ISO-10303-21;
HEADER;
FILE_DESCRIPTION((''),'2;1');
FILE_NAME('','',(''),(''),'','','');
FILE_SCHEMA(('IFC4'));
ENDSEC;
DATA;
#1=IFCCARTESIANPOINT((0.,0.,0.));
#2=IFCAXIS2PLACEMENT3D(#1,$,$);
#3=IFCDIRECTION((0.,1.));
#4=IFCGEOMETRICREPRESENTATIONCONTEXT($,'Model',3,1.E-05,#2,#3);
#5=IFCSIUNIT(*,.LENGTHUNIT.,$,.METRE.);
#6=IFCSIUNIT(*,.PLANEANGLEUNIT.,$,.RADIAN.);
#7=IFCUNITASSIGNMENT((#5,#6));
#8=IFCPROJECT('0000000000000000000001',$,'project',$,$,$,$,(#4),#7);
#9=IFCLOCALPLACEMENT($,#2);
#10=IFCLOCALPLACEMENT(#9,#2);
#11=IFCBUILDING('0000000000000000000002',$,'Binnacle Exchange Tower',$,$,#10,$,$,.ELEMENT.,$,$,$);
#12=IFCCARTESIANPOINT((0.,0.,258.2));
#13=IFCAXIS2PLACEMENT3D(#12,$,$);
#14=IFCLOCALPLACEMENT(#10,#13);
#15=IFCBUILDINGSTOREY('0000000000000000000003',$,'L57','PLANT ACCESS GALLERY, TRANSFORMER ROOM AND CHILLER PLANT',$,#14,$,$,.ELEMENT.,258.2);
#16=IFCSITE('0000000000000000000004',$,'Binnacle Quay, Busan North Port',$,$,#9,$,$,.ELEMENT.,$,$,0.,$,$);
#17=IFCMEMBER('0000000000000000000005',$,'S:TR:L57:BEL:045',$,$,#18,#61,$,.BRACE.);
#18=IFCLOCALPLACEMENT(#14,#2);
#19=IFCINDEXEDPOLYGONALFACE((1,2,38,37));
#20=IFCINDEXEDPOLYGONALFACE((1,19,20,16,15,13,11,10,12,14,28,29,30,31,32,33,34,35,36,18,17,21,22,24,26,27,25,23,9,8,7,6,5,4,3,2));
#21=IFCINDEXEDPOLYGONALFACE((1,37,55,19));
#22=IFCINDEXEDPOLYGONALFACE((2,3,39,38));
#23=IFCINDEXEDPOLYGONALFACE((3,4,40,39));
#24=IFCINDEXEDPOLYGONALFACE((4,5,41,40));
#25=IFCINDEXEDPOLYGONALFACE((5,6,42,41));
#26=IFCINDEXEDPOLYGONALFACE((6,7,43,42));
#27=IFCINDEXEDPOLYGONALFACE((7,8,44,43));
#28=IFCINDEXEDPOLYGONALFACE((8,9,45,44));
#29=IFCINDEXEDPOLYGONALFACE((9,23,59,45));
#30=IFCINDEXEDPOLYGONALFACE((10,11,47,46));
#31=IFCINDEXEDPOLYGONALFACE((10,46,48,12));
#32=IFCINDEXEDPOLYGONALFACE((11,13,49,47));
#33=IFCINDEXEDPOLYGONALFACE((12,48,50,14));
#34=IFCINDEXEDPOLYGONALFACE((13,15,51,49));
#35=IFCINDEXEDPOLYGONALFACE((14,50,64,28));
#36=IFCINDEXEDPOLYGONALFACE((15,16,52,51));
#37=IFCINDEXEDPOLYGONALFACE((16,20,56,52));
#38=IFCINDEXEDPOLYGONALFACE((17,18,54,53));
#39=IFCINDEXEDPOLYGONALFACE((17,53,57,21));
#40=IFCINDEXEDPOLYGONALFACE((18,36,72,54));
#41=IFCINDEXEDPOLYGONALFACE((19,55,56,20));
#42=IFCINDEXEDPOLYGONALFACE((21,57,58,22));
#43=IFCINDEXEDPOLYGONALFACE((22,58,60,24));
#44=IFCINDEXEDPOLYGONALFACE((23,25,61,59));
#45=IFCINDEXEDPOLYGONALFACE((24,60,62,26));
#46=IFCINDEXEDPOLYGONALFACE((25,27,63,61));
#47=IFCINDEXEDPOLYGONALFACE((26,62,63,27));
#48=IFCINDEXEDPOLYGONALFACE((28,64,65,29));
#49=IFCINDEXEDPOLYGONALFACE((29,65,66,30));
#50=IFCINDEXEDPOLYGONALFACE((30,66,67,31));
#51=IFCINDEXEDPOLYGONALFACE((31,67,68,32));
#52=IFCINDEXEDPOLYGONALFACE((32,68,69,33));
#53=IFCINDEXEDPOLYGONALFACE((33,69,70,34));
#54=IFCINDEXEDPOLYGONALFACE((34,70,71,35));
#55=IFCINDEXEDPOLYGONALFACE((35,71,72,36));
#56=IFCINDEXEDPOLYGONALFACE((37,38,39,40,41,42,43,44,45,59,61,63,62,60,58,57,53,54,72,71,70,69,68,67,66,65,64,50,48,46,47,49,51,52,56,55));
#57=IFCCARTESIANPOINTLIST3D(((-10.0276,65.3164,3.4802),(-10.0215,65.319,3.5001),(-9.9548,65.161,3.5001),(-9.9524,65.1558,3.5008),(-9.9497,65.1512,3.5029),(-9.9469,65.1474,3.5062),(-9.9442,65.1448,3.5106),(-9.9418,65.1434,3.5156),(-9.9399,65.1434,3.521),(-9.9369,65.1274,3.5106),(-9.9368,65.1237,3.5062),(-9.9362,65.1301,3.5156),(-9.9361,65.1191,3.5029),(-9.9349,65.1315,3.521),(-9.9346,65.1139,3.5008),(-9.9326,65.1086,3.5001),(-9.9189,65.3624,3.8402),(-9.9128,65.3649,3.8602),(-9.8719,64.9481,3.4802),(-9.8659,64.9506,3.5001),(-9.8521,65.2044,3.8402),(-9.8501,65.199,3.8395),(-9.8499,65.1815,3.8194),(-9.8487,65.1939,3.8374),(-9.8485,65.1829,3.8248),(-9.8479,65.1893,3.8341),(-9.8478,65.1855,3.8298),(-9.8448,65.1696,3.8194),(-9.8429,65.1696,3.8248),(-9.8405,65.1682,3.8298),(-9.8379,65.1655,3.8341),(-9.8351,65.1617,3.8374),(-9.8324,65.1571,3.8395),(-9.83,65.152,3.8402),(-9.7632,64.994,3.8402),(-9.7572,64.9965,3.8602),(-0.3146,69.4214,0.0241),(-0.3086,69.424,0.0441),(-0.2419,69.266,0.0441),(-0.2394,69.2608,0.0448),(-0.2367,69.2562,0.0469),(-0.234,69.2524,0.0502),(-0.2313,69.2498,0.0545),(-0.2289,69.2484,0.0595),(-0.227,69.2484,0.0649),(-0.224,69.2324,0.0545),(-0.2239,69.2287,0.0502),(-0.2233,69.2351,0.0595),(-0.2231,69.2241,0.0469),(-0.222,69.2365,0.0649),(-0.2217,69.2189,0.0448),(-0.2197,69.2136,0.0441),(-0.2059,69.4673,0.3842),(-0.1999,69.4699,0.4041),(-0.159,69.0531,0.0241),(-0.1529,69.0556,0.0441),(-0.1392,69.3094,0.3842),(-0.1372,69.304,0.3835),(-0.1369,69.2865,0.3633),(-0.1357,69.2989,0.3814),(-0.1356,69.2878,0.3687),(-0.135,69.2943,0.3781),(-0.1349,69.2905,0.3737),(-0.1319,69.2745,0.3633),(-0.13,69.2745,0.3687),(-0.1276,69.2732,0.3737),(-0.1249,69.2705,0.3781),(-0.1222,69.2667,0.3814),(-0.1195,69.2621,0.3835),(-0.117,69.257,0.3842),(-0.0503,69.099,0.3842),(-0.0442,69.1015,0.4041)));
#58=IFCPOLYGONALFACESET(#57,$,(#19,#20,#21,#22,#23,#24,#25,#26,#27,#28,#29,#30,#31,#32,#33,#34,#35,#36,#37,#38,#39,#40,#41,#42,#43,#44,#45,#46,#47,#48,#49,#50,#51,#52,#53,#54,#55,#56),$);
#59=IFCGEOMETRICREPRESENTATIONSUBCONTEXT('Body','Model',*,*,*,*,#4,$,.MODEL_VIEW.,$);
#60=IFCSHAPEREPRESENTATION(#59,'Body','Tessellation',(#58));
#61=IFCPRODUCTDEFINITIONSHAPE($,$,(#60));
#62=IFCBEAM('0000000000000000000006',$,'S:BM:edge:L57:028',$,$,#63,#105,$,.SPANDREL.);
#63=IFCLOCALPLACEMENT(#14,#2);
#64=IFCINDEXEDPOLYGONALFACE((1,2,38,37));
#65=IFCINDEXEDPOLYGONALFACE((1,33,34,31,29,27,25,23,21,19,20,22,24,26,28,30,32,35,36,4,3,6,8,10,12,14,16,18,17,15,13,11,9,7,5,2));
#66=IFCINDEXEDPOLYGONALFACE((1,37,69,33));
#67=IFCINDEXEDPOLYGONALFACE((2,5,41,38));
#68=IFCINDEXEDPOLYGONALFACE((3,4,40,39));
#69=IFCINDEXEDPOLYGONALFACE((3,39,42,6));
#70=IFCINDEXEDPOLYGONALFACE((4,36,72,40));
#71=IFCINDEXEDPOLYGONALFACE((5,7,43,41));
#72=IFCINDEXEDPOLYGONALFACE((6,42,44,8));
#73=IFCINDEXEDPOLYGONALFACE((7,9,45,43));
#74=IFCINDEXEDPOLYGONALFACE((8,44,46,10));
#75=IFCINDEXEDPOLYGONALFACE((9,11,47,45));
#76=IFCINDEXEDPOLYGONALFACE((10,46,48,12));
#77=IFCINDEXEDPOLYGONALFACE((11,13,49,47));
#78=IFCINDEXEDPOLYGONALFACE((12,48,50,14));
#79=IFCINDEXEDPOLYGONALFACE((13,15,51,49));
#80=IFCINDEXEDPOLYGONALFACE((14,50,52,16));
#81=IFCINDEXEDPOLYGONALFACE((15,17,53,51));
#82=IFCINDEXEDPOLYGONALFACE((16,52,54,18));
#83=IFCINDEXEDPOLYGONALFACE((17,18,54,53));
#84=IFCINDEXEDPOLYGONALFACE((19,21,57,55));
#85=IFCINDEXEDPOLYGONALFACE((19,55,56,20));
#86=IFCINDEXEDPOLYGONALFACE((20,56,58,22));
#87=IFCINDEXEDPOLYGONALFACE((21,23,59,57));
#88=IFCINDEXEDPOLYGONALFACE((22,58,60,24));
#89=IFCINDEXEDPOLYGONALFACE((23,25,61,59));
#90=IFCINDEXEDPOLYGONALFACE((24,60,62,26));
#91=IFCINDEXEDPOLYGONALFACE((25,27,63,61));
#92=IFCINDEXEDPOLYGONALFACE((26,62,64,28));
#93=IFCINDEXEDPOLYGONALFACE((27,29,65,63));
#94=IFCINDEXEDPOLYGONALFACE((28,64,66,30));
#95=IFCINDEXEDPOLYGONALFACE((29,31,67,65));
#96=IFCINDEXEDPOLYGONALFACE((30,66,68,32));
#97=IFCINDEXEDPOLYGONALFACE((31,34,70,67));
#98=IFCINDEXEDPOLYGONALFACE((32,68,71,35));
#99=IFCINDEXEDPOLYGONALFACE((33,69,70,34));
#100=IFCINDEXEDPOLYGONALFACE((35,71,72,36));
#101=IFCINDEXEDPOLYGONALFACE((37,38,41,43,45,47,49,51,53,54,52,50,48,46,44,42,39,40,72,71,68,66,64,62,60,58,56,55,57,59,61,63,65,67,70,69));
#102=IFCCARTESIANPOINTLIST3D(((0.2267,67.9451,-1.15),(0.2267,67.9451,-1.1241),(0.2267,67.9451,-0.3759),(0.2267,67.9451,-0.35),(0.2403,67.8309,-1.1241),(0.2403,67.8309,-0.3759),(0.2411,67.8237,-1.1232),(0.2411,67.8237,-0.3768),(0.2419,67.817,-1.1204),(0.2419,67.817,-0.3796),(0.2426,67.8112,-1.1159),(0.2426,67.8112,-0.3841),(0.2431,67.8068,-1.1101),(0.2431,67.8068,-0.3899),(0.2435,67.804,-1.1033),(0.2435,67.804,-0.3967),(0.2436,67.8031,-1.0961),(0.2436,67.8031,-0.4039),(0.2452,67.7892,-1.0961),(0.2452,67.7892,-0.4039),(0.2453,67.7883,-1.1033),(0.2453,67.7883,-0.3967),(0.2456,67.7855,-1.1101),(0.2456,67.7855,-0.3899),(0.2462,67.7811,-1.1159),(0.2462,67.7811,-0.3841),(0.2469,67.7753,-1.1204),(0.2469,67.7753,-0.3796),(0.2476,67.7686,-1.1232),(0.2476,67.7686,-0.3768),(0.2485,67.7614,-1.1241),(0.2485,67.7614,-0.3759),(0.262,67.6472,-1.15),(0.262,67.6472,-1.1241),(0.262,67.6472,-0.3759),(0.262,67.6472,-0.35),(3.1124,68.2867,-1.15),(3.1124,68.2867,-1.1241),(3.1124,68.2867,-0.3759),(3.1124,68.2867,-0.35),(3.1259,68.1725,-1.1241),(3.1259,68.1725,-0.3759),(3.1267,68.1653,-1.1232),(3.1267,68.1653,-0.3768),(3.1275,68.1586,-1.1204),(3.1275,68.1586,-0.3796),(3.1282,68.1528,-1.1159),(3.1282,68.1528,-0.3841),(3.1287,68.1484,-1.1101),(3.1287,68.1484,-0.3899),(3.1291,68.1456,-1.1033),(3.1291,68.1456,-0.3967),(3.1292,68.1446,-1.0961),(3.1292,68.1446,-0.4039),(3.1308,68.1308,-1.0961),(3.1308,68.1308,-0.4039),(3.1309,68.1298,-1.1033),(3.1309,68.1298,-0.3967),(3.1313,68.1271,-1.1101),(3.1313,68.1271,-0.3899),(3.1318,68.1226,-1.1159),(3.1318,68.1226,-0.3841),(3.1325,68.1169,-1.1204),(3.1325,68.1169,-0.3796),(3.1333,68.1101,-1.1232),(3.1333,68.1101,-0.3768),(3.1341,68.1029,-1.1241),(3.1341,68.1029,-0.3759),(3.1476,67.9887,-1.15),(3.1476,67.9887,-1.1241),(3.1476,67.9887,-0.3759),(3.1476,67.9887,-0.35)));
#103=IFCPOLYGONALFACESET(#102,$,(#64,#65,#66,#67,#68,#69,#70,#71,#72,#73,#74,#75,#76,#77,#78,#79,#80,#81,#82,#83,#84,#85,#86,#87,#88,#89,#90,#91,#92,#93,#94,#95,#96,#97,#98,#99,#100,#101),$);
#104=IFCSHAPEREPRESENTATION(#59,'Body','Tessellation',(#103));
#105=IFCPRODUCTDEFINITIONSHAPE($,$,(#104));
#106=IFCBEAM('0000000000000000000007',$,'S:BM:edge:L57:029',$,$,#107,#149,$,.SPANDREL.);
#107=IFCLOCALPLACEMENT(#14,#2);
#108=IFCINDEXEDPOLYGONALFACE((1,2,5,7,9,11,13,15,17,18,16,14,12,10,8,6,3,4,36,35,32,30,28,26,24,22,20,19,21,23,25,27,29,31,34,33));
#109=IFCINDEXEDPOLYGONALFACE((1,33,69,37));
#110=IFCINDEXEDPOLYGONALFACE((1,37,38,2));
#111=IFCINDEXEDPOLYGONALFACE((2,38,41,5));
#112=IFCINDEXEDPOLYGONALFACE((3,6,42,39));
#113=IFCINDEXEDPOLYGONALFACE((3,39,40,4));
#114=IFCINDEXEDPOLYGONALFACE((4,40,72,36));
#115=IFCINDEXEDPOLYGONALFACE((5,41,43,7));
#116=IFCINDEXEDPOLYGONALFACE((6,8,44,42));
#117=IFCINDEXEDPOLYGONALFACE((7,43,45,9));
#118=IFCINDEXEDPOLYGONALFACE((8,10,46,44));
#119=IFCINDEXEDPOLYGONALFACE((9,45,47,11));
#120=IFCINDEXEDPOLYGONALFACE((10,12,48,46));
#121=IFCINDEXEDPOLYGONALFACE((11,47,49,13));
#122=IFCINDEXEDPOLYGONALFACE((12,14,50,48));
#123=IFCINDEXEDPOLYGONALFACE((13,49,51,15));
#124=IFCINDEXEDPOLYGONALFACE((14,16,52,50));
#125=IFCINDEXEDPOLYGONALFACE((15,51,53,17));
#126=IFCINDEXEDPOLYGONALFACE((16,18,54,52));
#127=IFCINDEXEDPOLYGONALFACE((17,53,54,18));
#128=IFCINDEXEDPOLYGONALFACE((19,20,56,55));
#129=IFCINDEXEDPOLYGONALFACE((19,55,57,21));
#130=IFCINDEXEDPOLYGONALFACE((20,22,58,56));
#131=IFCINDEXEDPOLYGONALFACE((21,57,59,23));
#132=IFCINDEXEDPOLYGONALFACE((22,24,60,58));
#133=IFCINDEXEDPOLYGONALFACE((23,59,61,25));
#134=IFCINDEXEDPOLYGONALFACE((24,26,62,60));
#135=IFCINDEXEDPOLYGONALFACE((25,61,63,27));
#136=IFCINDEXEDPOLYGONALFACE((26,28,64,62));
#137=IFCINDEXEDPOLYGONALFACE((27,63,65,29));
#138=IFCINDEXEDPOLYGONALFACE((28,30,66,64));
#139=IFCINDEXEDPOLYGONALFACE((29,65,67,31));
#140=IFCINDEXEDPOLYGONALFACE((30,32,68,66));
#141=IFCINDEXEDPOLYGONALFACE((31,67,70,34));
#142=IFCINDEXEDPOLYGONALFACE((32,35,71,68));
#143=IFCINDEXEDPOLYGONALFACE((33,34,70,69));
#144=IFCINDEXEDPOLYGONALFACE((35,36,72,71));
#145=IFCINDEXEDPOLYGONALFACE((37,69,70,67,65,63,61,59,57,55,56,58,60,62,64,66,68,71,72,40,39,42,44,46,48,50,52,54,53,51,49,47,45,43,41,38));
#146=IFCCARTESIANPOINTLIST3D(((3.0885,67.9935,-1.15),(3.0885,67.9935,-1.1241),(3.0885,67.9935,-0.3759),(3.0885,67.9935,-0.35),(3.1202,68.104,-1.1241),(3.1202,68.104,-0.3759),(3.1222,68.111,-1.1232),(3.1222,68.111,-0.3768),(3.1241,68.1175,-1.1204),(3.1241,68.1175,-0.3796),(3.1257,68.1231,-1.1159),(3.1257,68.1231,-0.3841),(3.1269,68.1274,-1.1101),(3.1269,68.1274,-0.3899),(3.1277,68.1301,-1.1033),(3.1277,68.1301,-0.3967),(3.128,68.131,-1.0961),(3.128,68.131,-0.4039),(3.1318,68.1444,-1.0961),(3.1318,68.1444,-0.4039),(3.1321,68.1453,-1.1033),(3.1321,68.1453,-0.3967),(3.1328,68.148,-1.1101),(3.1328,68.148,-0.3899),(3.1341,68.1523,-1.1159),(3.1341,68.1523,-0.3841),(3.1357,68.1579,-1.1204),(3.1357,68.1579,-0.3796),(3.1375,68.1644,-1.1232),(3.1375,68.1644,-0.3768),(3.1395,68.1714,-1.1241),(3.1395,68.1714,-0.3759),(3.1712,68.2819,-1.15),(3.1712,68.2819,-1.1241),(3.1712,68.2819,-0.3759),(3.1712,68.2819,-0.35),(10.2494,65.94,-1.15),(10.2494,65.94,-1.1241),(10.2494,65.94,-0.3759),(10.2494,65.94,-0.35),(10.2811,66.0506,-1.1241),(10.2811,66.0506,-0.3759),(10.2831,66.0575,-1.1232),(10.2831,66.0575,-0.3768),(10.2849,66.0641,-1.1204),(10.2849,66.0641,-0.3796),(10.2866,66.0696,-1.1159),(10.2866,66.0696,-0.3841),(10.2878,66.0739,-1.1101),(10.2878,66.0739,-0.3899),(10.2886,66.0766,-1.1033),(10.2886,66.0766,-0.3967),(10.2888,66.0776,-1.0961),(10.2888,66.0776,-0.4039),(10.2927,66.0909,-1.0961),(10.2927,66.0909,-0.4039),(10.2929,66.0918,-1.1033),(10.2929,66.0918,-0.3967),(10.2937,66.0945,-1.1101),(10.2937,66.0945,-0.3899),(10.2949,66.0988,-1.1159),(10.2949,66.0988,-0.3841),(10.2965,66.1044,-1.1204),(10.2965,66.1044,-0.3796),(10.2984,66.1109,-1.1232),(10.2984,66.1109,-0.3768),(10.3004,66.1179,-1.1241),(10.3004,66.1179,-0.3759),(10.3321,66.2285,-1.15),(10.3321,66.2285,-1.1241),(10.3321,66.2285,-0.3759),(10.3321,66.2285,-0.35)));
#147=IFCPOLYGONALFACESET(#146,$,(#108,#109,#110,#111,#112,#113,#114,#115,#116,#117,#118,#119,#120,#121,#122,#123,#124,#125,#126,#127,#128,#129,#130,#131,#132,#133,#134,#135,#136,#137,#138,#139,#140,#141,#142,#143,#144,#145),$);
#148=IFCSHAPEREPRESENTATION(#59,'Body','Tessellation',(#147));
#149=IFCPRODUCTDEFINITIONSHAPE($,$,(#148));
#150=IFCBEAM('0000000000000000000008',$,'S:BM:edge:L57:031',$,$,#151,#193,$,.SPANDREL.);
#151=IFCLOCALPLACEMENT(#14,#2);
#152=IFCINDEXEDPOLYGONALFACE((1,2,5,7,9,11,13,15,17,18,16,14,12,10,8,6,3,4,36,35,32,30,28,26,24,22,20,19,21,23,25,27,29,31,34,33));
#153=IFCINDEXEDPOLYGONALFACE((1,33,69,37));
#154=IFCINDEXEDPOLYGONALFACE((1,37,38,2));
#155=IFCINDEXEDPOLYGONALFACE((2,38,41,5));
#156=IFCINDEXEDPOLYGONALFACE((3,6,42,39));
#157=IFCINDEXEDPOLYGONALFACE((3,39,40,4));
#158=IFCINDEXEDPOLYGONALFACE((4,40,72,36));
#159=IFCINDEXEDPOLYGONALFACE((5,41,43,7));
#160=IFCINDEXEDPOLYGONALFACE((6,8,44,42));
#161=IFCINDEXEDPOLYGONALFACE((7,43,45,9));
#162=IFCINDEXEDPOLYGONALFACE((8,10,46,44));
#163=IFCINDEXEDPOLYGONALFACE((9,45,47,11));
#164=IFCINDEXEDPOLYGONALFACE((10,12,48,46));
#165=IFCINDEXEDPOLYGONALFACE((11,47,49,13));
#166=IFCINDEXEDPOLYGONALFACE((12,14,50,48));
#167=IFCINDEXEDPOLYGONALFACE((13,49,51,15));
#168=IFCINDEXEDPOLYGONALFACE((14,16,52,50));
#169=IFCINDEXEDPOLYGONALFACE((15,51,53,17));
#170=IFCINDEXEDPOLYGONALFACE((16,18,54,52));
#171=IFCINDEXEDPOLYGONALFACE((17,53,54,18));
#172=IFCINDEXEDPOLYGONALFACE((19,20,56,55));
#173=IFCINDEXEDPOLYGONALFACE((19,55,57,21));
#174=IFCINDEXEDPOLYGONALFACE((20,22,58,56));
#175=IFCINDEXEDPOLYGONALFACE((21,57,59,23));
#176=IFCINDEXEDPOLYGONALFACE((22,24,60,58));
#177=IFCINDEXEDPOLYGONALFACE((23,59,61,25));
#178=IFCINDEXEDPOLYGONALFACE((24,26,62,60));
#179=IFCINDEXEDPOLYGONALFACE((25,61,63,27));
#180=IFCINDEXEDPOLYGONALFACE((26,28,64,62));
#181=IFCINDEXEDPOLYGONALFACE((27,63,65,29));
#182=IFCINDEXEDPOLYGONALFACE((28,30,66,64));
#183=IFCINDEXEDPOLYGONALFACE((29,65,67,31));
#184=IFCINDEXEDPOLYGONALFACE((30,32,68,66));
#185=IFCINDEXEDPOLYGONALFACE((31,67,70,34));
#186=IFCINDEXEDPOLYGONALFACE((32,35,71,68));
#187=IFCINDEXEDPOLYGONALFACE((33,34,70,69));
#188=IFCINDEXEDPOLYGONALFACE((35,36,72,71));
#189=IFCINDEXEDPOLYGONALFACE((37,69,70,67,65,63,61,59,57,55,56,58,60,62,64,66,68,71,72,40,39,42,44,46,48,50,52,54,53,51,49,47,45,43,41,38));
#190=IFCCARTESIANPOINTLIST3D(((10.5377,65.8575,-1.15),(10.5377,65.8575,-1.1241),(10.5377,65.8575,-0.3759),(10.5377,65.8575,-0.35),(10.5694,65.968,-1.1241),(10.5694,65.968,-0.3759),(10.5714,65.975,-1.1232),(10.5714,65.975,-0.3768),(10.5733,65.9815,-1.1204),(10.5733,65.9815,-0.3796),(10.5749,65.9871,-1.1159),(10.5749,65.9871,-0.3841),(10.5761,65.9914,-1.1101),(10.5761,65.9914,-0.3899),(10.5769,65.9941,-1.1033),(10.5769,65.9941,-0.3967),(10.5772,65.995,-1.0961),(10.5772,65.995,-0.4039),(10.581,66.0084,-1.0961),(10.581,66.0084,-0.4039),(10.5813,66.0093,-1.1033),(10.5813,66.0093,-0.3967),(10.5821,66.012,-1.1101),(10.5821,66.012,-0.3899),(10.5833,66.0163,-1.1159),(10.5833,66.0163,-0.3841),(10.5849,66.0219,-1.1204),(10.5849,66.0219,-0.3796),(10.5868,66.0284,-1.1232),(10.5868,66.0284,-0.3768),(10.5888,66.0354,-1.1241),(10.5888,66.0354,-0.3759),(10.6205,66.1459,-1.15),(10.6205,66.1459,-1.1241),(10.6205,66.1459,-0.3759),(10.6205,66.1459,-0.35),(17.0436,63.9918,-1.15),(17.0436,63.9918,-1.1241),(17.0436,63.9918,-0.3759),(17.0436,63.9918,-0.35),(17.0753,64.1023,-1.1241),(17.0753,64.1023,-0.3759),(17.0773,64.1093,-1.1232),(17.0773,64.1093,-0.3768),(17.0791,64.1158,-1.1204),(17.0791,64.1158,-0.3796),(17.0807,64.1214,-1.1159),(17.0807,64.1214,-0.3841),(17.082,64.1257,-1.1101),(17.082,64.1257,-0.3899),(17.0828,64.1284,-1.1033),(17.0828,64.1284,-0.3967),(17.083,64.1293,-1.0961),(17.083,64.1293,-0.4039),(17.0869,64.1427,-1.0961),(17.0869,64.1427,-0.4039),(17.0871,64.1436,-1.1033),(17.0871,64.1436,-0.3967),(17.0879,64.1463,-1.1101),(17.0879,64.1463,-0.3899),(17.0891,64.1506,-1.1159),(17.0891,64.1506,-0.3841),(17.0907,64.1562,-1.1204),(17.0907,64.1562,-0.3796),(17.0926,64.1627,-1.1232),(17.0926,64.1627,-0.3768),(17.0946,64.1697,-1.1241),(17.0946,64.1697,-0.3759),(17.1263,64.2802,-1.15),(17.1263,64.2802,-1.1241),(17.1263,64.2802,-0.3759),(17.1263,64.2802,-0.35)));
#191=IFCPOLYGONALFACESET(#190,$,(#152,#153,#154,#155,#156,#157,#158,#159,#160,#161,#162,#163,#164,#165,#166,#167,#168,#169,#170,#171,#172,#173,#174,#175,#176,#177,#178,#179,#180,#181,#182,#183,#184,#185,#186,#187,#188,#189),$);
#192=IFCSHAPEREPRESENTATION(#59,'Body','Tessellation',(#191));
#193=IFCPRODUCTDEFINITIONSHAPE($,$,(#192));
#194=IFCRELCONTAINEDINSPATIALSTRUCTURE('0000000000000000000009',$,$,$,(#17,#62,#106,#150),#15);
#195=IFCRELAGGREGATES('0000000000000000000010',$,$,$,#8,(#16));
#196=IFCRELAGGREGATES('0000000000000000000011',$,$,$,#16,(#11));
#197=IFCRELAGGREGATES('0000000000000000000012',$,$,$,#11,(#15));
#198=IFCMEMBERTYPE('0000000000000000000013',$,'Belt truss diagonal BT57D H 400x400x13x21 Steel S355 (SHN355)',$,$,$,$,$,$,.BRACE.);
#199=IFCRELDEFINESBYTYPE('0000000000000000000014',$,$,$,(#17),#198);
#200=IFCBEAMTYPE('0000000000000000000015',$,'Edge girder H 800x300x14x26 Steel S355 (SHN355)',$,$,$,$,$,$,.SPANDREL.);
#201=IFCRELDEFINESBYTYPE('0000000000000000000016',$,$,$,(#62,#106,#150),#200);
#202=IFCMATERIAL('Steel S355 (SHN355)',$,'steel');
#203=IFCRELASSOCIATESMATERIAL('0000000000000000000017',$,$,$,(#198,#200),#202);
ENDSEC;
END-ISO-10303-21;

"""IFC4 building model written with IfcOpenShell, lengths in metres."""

from ifc_helpers import new_model, si_unit, direction, frame, origin, origin_2d, place, context, subcontext, project, spatial, i_section, extrude, material, material_profile, profile_set, type_object, element, save


model = new_model("IFC4")

# Units and contexts
model_context = context("Model", 3, precision=1e-05, world=origin(), true_north=direction((0.0, 1.0)))
body_context = subcontext(model_context, "Body", "Model", "MODEL_VIEW")
ifc_project = project(units=[si_unit("LENGTHUNIT", "METRE"), si_unit("PLANEANGLEUNIT", "RADIAN")], contexts=[model_context])

# Site, building, storey
site_placement = place(None, origin())
site = spatial("IfcSite", under=ifc_project, at=site_placement, Name="Binnacle Quay, Busan North Port", CompositionType="ELEMENT", RefElevation=0.0)
building_placement = place(site_placement, origin())
building = spatial("IfcBuilding", under=site, at=building_placement, Name="Binnacle Exchange Tower", CompositionType="ELEMENT")
storey_placement = place(building_placement, frame((0.0, 0.0, 258.2)))
storey = spatial("IfcBuildingStorey", under=building, at=storey_placement, Name="L57", Description="PLANT ACCESS GALLERY, TRANSFORMER ROOM AND CHILLER PLANT", CompositionType="ELEMENT", Elevation=258.2)

# Member
ifc_material_1 = material(Name="Steel S355 (SHN355)", Category="steel")
ifc_material_profile_1 = material_profile(ifc_material_1, i_section(OverallWidth=0.3999, OverallDepth=0.3999, WebThickness=0.0129, FlangeThickness=0.021, FilletRadius=0.022, at=origin_2d()), Name="H 400x400x13x21")
ifc_profile_set_1 = profile_set([ifc_material_profile_1], Name="Steel S355 (SHN355)")
member_type_1 = type_object("IfcMemberType", Name="Belt truss diagonal BT57D H 400x400x13x21 Steel S355 (SHN355)", PredefinedType="BRACE", material=ifc_profile_set_1)
member_1_placement = place(storey_placement, frame((-0.1794, 69.2615, 0.2141), z_axis=(-0.8753, -0.36993, 0.311451), x_axis=(0.389293, -0.921114, 0.0)))
element("IfcMember", 1, at=member_1_placement, inside=storey, type_object=member_type_1, Name="S:TR:L57:BEL:045", PredefinedType="BRACE", context=body_context, shape_type="SweptSolid", body=[
    extrude(i_section(OverallWidth=0.3999, OverallDepth=0.3999, WebThickness=0.0129, FlangeThickness=0.021, FilletRadius=0.022, at=origin_2d()), origin(), (0.0, 0.0, 1.0), 11.0967),
])

# Beams
ifc_material_profile_2 = material_profile(ifc_material_1, i_section(OverallWidth=0.3, OverallDepth=0.8, WebThickness=0.0139, FlangeThickness=0.0259, FilletRadius=0.0281, at=origin_2d()), Name="H 800x300x14x26")
ifc_profile_set_2 = profile_set([ifc_material_profile_2], Name="Steel S355 (SHN355)")
beam_type_1 = type_object("IfcBeamType", Name="Edge girder H 800x300x14x26 Steel S355 (SHN355)", PredefinedType="SPANDREL", material=ifc_profile_set_2)
beam_1_placement = place(storey_placement, frame((0.2444, 67.7961, -0.75), z_axis=(0.993067, 0.117548, 0.0), x_axis=(-0.117548, 0.993067, 0.0)))
element("IfcBeam", 2, at=beam_1_placement, inside=storey, type_object=beam_type_1, Name="S:BM:edge:L57:028", PredefinedType="SPANDREL", context=body_context, shape_type="SweptSolid", body=[
    extrude(i_section(OverallWidth=0.3, OverallDepth=0.8, WebThickness=0.0139, FlangeThickness=0.0259, FilletRadius=0.0281, at=origin_2d()), origin(), (0.0, 0.0, 1.0), 2.9058),
])
beam_2_placement = place(storey_placement, frame((3.1299, 68.1377, -0.75), z_axis=(0.961258, -0.275652, 0.0), x_axis=(0.275652, 0.961258, 0.0)))
element("IfcBeam", 3, at=beam_2_placement, inside=storey, type_object=beam_type_1, Name="S:BM:edge:L57:029", PredefinedType="SPANDREL", context=body_context, shape_type="SweptSolid", body=[
    extrude(i_section(OverallWidth=0.3, OverallDepth=0.8, WebThickness=0.0139, FlangeThickness=0.0259, FilletRadius=0.0281, at=origin_2d()), origin(), (0.0, 0.0, 1.0), 7.4495),
])
beam_3_placement = place(storey_placement, frame((10.5791, 66.0017, -0.75), z_axis=(0.961254, -0.275664, 0.0), x_axis=(0.275664, 0.961254, 0.0)))
element("IfcBeam", 4, at=beam_3_placement, inside=storey, type_object=beam_type_1, Name="S:BM:edge:L57:031", PredefinedType="SPANDREL", context=body_context, shape_type="SweptSolid", body=[
    extrude(i_section(OverallWidth=0.3, OverallDepth=0.8, WebThickness=0.0139, FlangeThickness=0.0259, FilletRadius=0.0281, at=origin_2d()), origin(), (0.0, 0.0, 1.0), 6.7681),
])

save(model, "model.ifc")
